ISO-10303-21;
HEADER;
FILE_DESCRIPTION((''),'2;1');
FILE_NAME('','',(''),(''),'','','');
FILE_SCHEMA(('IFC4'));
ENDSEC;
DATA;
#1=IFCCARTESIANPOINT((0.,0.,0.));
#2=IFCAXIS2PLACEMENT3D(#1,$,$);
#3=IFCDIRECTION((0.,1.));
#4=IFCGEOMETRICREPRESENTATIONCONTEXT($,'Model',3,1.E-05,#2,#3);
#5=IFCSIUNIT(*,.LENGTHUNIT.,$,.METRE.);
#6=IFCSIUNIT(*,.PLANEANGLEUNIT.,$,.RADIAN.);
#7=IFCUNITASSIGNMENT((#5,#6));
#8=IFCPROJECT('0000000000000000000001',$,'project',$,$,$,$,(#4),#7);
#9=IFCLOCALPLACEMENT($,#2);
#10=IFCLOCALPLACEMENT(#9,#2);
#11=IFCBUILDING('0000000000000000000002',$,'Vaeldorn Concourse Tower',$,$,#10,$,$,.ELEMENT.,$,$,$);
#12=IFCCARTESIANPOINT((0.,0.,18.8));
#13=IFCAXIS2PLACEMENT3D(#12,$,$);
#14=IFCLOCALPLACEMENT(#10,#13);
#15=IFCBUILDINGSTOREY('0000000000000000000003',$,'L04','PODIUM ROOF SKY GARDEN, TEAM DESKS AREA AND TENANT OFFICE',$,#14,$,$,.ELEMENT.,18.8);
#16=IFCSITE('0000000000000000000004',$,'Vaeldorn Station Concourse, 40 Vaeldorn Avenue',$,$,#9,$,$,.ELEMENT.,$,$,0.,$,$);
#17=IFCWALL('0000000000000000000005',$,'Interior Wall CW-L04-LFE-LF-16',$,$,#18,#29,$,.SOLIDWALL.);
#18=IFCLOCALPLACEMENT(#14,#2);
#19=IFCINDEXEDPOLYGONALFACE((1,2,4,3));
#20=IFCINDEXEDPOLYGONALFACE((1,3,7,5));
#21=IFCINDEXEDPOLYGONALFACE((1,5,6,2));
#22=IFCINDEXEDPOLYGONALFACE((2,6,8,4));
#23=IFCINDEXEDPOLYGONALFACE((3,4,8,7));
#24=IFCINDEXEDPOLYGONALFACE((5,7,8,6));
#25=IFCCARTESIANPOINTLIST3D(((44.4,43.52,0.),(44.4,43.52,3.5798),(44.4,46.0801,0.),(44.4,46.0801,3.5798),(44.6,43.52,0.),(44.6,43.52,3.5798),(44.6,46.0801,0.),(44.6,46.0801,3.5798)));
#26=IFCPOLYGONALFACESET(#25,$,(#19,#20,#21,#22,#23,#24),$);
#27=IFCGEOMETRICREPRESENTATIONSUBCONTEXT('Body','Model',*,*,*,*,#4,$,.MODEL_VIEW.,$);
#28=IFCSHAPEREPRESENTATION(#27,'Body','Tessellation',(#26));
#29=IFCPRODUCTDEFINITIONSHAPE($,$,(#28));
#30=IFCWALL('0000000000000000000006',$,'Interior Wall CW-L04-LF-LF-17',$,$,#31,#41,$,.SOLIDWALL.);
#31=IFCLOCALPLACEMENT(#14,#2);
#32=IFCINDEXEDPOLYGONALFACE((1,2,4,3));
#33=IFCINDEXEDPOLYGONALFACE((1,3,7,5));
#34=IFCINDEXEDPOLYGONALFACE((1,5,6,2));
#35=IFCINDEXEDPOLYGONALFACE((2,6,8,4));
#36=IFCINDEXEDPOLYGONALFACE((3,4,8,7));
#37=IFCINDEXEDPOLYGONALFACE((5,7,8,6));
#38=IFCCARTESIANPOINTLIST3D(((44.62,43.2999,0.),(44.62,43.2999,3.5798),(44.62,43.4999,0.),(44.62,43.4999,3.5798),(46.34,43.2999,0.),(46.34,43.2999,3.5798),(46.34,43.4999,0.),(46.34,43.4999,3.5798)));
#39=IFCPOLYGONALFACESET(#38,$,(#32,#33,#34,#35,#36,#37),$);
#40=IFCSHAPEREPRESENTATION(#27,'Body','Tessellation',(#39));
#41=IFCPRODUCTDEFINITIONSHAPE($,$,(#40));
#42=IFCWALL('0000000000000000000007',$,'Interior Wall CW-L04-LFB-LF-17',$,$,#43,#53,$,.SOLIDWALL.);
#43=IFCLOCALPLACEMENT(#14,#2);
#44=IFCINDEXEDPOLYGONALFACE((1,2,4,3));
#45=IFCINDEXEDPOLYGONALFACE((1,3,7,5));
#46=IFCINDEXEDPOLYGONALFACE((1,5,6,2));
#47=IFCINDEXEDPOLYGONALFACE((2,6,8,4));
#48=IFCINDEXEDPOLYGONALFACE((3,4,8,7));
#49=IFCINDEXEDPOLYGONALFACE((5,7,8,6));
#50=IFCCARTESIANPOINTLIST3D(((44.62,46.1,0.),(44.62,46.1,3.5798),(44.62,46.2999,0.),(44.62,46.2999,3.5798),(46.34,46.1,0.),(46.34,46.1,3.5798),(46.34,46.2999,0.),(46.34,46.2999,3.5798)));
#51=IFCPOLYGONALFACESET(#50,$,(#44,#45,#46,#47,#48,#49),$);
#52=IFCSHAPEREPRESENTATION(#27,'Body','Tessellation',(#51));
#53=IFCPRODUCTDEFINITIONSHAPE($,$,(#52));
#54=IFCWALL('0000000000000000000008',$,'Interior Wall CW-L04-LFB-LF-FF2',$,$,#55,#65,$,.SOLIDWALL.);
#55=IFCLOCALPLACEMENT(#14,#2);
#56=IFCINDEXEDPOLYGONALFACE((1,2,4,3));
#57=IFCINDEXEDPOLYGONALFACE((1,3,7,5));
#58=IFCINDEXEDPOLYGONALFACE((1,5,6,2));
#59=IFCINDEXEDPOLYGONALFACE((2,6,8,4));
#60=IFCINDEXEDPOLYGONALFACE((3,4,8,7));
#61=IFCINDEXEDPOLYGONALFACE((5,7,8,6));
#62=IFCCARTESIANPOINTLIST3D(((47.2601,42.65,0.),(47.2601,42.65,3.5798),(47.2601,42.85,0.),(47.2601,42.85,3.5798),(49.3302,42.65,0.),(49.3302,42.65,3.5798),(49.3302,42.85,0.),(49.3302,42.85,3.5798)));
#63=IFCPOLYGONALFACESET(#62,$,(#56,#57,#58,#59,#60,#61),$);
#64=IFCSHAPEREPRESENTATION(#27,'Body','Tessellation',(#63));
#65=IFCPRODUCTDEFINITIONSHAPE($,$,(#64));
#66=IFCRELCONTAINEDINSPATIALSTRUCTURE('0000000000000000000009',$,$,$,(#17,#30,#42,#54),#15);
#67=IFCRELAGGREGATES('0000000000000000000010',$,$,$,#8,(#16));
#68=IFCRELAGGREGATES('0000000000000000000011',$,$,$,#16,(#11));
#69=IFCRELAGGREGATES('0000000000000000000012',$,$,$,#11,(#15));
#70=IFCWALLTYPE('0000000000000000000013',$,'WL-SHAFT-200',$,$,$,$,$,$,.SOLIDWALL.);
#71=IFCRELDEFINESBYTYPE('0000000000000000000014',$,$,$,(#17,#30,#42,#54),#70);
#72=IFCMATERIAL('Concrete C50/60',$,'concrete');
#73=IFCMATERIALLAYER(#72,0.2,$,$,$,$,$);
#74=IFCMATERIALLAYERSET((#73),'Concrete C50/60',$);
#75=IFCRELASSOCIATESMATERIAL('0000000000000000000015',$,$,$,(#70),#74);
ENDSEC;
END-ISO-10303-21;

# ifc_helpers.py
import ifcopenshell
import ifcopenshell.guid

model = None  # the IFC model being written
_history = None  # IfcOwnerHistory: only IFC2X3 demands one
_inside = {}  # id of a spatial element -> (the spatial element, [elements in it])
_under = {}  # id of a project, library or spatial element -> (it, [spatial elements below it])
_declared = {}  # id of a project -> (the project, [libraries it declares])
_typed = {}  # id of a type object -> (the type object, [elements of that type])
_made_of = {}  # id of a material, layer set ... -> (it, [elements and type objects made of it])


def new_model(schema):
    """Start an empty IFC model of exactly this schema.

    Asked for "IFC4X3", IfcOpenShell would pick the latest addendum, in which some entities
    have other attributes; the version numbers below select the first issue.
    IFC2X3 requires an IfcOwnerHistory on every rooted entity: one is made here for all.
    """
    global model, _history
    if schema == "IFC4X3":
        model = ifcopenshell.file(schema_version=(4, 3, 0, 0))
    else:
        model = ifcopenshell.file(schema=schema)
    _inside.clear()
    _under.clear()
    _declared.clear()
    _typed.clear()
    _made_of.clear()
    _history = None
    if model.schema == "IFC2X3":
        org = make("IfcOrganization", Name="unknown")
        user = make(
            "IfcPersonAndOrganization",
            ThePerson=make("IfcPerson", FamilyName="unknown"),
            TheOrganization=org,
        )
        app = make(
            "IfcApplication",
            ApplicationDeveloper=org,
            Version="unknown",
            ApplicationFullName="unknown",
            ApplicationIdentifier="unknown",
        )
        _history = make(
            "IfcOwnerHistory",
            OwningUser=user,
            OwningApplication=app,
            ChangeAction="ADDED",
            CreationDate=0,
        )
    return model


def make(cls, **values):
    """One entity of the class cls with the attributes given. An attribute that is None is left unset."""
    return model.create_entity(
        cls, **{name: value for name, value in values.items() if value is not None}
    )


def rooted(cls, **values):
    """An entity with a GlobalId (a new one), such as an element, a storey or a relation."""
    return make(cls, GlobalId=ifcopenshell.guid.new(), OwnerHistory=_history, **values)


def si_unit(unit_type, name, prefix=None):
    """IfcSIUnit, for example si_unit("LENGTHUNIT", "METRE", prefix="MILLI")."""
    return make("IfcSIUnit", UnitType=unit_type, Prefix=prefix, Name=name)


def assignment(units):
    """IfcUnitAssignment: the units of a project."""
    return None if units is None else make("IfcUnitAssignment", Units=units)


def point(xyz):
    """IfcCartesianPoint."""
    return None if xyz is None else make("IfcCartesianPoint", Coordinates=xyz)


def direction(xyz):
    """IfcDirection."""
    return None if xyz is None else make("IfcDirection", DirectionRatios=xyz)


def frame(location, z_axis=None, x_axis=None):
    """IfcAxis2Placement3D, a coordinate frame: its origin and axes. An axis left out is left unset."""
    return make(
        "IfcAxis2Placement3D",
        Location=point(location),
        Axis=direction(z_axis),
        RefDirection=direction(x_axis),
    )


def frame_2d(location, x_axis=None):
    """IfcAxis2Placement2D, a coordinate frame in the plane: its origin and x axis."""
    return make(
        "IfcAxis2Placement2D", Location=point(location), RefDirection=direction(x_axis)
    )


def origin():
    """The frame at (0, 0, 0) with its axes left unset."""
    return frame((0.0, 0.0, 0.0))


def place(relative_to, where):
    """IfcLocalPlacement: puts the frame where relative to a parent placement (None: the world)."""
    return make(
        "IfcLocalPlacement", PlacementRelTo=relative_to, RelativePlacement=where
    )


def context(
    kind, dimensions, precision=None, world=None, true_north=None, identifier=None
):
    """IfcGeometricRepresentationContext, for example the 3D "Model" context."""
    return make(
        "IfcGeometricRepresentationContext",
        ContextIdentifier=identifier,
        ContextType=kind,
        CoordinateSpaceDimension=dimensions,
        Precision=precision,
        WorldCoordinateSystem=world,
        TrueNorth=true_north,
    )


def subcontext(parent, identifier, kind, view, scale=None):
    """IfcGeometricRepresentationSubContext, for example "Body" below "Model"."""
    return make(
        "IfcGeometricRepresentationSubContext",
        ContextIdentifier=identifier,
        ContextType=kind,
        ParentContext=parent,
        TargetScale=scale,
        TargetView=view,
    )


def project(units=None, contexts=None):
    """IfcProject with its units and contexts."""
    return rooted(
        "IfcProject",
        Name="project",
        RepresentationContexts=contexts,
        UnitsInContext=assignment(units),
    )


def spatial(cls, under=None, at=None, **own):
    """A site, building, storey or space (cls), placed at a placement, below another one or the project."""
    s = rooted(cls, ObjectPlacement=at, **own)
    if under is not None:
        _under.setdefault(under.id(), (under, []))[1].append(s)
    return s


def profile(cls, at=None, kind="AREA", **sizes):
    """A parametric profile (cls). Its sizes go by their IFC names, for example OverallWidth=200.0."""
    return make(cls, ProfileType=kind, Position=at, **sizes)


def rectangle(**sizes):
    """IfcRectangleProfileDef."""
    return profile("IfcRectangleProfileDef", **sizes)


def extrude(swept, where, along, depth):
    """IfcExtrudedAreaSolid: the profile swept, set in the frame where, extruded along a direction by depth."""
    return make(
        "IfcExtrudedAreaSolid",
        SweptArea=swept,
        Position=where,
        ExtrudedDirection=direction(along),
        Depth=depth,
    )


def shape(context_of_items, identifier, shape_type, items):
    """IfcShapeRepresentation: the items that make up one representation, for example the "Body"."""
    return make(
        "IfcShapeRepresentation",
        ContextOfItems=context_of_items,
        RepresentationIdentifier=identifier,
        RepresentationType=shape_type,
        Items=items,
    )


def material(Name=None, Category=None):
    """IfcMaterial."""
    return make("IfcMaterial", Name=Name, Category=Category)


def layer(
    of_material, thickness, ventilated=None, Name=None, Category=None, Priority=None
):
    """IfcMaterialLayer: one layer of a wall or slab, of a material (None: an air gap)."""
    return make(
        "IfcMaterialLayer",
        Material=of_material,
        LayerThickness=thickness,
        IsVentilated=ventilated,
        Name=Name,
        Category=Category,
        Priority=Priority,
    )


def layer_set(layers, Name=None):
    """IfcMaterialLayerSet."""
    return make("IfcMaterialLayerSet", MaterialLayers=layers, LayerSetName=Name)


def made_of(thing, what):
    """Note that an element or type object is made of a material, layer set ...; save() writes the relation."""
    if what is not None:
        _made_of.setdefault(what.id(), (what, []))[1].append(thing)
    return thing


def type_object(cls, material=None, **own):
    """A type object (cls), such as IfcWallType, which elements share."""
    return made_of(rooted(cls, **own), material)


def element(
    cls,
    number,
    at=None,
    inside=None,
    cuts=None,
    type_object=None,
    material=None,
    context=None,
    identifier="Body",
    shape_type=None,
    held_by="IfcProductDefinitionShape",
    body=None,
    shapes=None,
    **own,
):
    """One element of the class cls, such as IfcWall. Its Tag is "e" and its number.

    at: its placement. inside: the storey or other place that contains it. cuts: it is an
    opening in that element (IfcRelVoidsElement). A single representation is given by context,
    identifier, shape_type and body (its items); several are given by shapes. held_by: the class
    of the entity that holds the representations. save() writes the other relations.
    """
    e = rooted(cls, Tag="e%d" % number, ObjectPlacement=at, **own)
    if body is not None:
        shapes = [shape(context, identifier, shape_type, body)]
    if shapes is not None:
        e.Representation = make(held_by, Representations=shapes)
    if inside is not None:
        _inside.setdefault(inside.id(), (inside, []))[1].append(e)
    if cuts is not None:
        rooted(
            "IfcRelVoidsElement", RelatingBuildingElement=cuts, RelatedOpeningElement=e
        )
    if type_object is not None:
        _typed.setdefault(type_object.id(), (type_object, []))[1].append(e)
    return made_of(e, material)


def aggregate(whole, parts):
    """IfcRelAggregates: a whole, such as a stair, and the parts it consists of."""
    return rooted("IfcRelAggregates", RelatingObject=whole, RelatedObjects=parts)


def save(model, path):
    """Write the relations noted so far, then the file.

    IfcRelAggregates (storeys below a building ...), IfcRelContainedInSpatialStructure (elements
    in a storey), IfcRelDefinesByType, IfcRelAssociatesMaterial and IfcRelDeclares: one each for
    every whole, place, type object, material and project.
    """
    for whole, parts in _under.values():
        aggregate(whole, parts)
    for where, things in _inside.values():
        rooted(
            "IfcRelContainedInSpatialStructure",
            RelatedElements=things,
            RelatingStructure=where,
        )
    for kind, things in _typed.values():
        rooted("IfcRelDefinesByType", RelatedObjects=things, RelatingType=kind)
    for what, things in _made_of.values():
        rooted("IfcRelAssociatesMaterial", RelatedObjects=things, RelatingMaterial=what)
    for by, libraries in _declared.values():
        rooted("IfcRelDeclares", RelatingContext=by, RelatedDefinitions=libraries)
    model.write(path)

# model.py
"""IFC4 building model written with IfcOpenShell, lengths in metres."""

from ifc_helpers import new_model, si_unit, direction, frame, frame_2d, origin, place, context, subcontext, project, spatial, rectangle, extrude, material, layer, layer_set, type_object, element, save


model = new_model("IFC4")

# Units and contexts
model_context = context("Model", 3, precision=1e-05, world=origin(), true_north=direction((0.0, 1.0)))
body_context = subcontext(model_context, "Body", "Model", "MODEL_VIEW")
ifc_project = project(units=[si_unit("LENGTHUNIT", "METRE"), si_unit("PLANEANGLEUNIT", "RADIAN")], contexts=[model_context])

# Site, building, storey
site_placement = place(None, origin())
site = spatial("IfcSite", under=ifc_project, at=site_placement, Name="Vaeldorn Station Concourse, 40 Vaeldorn Avenue", CompositionType="ELEMENT", RefElevation=0.0)
building_placement = place(site_placement, origin())
building = spatial("IfcBuilding", under=site, at=building_placement, Name="Vaeldorn Concourse Tower", CompositionType="ELEMENT")
storey_placement = place(building_placement, frame((0.0, 0.0, 18.8)))
storey = spatial("IfcBuildingStorey", under=building, at=storey_placement, Name="L04", Description="PODIUM ROOF SKY GARDEN, TEAM DESKS AREA AND TENANT OFFICE", CompositionType="ELEMENT", Elevation=18.8)

# Shared definitions
ifc_material_1 = material(Name="Concrete C50/60", Category="concrete")
ifc_layer_1 = layer(ifc_material_1, 0.2)
ifc_layer_set_1 = layer_set([ifc_layer_1], Name="Concrete C50/60")
wall_type_1 = type_object("IfcWallType", Name="WL-SHAFT-200", PredefinedType="SOLIDWALL", material=ifc_layer_set_1)

# Walls
wall_1_placement = place(storey_placement, frame((44.5, 43.52, 0.0), z_axis=(0.0, 0.0, 1.0), x_axis=(0.0, 1.0, 0.0)))
element("IfcWall", 1, at=wall_1_placement, inside=storey, type_object=wall_type_1, Name="Interior Wall CW-L04-LFE-LF-16", PredefinedType="SOLIDWALL", context=body_context, shape_type="SweptSolid", body=[
    extrude(rectangle(XDim=2.5601, YDim=0.2, at=frame_2d((1.28, 0.0))), origin(), (0.0, 0.0, 1.0), 3.5798),
])
for number, where, z_axis, x_axis, name in (
    (2, (44.6201, 43.3999, 0.0), (0.0, 0.0, 1.0), (1.0, 0.0, 0.0), "Interior Wall CW-L04-LF-LF-17"),
    (3, (44.6201, 46.2, 0.0), (0.0, 0.0, 1.0), (1.0, 0.0, 0.0), "Interior Wall CW-L04-LFB-LF-17"),
):
    element("IfcWall", number, at=place(storey_placement, frame(where, z_axis=z_axis, x_axis=x_axis)), inside=storey, type_object=wall_type_1, Name=name, PredefinedType="SOLIDWALL", context=body_context, shape_type="SweptSolid", body=[
        extrude(rectangle(XDim=1.72, YDim=0.2, at=frame_2d((0.8599, 0.0))), origin(), (0.0, 0.0, 1.0), 3.5798),
    ])

# Wall
wall_2_placement = place(storey_placement, frame((47.26, 42.75, 0.0), z_axis=(0.0, 0.0, 1.0), x_axis=(1.0, 0.0, 0.0)))
element("IfcWall", 4, at=wall_2_placement, inside=storey, type_object=wall_type_1, Name="Interior Wall CW-L04-LFB-LF-FF2", PredefinedType="SOLIDWALL", context=body_context, shape_type="SweptSolid", body=[
    extrude(rectangle(XDim=2.0701, YDim=0.2, at=frame_2d((1.0352, 0.0))), origin(), (0.0, 0.0, 1.0), 3.5798),
])

save(model, "model.ifc")
